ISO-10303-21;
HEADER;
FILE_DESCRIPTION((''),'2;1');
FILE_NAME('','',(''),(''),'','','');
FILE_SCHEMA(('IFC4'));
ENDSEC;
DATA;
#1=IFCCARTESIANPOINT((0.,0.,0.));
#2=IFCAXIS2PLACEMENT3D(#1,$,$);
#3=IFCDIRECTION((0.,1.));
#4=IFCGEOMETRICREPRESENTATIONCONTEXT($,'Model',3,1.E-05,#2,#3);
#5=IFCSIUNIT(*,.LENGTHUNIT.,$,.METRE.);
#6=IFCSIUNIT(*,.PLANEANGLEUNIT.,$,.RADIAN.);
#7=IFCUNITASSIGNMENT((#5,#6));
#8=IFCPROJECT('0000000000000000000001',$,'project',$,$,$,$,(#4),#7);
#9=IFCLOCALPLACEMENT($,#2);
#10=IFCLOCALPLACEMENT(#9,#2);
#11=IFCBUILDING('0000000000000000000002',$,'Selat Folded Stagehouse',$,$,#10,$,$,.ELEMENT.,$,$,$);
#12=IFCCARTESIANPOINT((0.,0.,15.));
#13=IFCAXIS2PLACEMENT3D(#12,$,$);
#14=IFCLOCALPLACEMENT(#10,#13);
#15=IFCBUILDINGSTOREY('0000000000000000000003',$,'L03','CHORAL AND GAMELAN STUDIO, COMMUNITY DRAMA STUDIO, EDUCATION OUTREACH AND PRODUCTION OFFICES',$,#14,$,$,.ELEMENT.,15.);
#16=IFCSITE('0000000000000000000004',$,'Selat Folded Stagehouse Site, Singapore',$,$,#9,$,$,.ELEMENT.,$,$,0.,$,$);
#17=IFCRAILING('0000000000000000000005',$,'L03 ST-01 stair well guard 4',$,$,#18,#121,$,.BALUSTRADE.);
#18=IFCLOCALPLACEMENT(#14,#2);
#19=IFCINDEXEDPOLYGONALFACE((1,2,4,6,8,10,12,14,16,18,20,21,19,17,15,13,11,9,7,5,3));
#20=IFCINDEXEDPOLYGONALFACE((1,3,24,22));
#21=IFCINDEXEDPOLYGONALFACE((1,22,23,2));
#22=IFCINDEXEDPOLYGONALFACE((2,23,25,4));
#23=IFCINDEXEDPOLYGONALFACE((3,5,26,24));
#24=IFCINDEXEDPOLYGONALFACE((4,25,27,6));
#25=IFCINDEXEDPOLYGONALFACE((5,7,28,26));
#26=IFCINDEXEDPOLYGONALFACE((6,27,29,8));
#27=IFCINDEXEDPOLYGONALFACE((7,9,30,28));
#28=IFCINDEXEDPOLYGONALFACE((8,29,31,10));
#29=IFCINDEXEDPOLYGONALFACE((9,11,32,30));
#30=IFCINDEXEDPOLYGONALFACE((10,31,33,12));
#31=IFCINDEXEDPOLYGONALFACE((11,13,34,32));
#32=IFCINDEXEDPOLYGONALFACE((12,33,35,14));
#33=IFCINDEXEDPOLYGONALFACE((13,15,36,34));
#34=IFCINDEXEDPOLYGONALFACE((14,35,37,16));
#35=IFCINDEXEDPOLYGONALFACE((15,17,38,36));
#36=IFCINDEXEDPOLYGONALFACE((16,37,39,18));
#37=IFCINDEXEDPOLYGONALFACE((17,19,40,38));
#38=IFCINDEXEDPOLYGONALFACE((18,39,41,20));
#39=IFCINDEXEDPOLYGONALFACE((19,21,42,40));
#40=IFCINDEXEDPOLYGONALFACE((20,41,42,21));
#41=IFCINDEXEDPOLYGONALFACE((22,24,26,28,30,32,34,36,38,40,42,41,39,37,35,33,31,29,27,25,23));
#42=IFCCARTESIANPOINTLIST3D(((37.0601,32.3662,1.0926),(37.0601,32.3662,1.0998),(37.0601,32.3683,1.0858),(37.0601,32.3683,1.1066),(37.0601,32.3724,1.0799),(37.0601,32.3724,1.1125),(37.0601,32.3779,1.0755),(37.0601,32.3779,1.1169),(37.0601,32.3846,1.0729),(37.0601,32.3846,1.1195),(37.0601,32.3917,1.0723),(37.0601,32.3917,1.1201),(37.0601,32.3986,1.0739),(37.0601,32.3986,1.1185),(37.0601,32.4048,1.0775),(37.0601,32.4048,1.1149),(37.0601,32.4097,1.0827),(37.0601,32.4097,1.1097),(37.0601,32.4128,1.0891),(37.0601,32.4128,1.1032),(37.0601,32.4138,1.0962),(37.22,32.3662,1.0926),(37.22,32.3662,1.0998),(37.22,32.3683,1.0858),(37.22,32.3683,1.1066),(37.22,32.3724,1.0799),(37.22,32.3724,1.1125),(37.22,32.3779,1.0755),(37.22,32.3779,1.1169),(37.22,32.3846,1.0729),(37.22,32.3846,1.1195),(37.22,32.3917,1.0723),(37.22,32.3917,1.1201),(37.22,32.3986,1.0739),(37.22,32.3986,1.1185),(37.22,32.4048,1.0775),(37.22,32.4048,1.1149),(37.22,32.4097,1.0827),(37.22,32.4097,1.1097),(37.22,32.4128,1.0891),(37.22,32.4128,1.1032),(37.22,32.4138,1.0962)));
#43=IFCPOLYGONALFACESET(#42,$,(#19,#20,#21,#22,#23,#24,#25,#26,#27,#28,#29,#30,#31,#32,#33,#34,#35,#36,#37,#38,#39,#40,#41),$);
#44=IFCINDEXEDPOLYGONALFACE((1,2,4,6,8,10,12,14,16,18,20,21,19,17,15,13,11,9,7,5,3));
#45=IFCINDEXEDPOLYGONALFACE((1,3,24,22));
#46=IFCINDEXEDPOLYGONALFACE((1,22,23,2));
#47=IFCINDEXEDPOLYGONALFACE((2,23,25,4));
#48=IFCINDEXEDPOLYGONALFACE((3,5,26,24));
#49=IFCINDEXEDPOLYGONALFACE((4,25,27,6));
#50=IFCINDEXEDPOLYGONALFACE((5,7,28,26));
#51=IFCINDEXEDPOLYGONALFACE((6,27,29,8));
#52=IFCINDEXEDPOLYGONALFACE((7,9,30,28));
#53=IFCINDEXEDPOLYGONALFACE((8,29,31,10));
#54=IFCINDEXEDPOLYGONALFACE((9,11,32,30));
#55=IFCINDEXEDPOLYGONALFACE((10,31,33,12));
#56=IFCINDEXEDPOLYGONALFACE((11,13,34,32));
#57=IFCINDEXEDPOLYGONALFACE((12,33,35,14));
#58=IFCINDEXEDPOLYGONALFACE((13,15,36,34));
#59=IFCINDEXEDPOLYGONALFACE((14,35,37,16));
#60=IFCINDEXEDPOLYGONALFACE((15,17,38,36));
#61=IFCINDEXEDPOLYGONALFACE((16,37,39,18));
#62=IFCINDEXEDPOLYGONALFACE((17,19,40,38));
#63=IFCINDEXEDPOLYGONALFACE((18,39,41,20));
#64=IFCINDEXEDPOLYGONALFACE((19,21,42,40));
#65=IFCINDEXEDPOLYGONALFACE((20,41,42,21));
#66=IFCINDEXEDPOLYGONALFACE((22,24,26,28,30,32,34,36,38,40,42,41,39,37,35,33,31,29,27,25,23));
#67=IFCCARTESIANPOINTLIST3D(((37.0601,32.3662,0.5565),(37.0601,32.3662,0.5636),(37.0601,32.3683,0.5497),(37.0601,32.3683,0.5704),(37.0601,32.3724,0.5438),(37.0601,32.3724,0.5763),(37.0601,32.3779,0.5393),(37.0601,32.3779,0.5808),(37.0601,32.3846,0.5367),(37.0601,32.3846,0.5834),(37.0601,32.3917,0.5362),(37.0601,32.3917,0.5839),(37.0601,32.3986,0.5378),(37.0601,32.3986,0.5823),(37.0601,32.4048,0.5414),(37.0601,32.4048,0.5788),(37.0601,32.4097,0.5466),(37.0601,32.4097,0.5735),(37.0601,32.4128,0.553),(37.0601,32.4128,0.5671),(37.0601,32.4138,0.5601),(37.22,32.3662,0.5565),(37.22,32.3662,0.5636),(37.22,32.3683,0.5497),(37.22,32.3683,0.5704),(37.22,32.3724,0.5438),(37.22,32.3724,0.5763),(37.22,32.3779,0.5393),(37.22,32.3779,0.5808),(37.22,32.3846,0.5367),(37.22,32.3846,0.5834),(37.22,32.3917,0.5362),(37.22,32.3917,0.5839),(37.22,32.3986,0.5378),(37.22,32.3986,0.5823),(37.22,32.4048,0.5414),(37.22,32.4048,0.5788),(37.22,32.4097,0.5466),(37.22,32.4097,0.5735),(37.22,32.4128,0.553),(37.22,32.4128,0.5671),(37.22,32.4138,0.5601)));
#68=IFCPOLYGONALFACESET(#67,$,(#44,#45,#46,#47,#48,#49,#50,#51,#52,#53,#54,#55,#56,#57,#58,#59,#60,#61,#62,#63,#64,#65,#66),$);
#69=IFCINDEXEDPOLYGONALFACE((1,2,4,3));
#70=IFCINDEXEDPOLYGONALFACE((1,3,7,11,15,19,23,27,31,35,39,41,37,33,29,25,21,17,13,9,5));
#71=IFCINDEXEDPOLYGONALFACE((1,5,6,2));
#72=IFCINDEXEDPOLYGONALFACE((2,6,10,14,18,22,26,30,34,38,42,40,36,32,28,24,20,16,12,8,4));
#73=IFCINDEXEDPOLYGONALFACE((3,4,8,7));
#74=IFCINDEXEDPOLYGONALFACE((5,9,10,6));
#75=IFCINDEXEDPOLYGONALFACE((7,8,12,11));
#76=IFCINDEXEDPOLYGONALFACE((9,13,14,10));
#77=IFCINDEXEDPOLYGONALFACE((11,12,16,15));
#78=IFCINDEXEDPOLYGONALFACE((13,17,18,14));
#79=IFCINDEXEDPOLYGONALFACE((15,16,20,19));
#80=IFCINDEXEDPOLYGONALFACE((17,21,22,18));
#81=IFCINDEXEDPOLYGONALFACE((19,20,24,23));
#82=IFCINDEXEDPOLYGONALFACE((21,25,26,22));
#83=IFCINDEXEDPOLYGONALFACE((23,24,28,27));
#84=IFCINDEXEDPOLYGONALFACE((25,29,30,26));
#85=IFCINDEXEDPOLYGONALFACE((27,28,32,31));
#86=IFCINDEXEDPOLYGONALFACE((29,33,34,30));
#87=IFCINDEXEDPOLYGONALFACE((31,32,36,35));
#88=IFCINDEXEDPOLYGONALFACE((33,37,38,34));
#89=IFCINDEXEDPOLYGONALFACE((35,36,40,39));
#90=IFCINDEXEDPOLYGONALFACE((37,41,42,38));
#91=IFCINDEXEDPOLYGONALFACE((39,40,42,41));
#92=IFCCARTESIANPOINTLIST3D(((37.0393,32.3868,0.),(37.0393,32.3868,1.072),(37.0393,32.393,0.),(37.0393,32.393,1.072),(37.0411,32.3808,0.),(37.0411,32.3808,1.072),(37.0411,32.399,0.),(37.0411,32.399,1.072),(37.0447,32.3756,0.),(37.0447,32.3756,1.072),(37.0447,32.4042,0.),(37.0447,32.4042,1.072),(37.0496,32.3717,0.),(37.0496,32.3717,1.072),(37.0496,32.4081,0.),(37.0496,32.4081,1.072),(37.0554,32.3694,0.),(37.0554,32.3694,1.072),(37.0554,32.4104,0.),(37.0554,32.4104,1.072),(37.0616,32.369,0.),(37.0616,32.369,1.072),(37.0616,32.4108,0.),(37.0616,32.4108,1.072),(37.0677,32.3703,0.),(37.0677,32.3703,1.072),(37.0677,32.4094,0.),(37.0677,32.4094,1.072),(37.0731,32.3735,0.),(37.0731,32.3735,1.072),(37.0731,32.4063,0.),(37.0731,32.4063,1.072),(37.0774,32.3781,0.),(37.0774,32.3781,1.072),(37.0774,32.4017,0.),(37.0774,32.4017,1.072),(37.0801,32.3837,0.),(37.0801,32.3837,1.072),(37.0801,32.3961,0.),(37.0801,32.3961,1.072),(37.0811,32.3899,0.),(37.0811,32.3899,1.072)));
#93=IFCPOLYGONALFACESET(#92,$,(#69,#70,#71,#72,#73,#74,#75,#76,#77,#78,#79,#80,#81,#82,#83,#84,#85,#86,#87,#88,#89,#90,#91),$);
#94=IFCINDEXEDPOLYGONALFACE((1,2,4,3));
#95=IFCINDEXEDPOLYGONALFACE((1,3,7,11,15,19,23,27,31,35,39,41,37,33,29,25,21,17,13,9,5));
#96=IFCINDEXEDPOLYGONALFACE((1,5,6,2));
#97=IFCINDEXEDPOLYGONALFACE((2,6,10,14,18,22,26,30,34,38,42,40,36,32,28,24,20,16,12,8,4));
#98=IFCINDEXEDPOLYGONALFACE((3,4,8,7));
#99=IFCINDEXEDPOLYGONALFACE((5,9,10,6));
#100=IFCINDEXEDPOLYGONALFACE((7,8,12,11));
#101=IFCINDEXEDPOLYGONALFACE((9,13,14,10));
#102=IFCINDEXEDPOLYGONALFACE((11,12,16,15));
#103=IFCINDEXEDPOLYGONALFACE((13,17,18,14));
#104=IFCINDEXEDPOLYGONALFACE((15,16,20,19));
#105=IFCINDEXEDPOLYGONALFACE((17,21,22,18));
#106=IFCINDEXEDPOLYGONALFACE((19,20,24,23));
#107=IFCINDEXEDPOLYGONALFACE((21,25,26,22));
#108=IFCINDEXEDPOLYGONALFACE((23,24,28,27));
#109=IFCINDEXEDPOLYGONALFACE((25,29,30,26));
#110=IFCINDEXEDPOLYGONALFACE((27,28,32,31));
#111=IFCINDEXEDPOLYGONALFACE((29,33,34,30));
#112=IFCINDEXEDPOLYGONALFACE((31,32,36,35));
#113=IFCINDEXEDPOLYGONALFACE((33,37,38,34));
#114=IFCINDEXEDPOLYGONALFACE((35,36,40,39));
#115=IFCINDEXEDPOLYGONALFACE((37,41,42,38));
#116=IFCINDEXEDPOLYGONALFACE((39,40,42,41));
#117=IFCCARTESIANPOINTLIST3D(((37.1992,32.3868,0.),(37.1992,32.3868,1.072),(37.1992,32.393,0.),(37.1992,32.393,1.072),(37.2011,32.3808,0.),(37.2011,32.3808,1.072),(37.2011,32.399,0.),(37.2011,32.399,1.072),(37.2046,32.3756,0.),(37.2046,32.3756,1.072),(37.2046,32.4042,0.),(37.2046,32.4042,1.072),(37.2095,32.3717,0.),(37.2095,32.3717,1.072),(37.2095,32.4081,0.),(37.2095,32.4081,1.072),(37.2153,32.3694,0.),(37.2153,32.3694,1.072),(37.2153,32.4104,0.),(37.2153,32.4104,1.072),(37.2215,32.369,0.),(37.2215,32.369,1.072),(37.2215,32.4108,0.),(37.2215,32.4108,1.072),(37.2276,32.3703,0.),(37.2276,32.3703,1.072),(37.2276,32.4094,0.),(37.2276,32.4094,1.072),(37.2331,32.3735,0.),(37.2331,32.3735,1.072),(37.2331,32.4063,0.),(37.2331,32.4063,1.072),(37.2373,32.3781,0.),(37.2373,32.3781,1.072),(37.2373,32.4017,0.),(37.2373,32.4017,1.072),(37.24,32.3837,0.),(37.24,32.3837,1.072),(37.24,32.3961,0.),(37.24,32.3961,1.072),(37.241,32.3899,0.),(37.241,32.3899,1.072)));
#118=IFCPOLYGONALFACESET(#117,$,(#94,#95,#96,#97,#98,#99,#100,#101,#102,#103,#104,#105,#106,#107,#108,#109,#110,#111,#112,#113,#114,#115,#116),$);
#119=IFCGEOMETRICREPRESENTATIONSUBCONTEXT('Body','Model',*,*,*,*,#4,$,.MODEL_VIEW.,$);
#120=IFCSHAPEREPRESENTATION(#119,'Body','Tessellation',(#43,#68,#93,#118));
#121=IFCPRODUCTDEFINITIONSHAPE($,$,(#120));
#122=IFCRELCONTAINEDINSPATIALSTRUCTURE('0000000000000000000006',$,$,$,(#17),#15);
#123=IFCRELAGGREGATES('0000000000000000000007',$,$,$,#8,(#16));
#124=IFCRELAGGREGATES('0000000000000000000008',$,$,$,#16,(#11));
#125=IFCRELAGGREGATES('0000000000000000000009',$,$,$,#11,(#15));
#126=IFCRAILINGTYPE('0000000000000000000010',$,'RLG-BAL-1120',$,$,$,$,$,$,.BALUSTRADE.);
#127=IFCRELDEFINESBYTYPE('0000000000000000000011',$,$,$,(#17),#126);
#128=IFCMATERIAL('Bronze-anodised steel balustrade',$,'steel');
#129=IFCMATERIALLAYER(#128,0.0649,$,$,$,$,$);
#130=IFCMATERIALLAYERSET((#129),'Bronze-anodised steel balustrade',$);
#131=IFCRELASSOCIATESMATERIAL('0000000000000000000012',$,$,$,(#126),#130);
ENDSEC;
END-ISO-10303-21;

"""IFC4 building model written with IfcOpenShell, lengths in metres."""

from ifc_helpers import new_model, si_unit, direction, frame, origin, origin_2d, place, context, subcontext, project, spatial, circle, extrude, material, layer, layer_set, type_object, element, save


model = new_model("IFC4")

# Units and contexts
model_context = context("Model", 3, precision=1e-05, world=origin(), true_north=direction((0.0, 1.0)))
body_context = subcontext(model_context, "Body", "Model", "MODEL_VIEW")
ifc_project = project(units=[si_unit("LENGTHUNIT", "METRE"), si_unit("PLANEANGLEUNIT", "RADIAN")], contexts=[model_context])

# Site, building, storey
site_placement = place(None, origin())
site = spatial("IfcSite", under=ifc_project, at=site_placement, Name="Selat Folded Stagehouse Site, Singapore", CompositionType="ELEMENT", RefElevation=0.0)
building_placement = place(site_placement, origin())
building = spatial("IfcBuilding", under=site, at=building_placement, Name="Selat Folded Stagehouse", CompositionType="ELEMENT")
storey_placement = place(building_placement, frame((0.0, 0.0, 15.0)))
storey = spatial("IfcBuildingStorey", under=building, at=storey_placement, Name="L03", Description="CHORAL AND GAMELAN STUDIO, COMMUNITY DRAMA STUDIO, EDUCATION OUTREACH AND PRODUCTION OFFICES", CompositionType="ELEMENT", Elevation=15.0)

# Railing
ifc_material_1 = material(Name="Bronze-anodised steel balustrade", Category="steel")
ifc_layer_1 = layer(ifc_material_1, 0.0649)
ifc_layer_set_1 = layer_set([ifc_layer_1], Name="Bronze-anodised steel balustrade")
railing_type_1 = type_object("IfcRailingType", Name="RLG-BAL-1120", PredefinedType="BALUSTRADE", material=ifc_layer_set_1)
railing_1_placement = place(storey_placement, frame((37.0601, 32.3899, 0.0)))
element("IfcRailing", 1, at=railing_1_placement, inside=storey, type_object=railing_type_1, Name="L03 ST-01 stair well guard 4", PredefinedType="BALUSTRADE", context=body_context, shape_type="SweptSolid", body=[
    extrude(circle(Radius=0.0239, at=origin_2d()), frame((0.0, 0.0, 1.0962), z_axis=(1.0, 0.0, 0.0), x_axis=(0.0, 1.0, 0.0)), (0.0, 0.0, 1.0), 0.1599),
    extrude(circle(Radius=0.0239, at=origin_2d()), frame((0.0, 0.0, 0.5601), z_axis=(1.0, 0.0, 0.0), x_axis=(0.0, 1.0, 0.0)), (0.0, 0.0, 1.0), 0.1599),
    extrude(circle(Radius=0.021, at=origin_2d()), origin(), (0.0, 0.0, 1.0), 1.072),
    extrude(circle(Radius=0.021, at=origin_2d()), frame((0.1599, 0.0, 0.0)), (0.0, 0.0, 1.0), 1.072),
])

save(model, "model.ifc")
